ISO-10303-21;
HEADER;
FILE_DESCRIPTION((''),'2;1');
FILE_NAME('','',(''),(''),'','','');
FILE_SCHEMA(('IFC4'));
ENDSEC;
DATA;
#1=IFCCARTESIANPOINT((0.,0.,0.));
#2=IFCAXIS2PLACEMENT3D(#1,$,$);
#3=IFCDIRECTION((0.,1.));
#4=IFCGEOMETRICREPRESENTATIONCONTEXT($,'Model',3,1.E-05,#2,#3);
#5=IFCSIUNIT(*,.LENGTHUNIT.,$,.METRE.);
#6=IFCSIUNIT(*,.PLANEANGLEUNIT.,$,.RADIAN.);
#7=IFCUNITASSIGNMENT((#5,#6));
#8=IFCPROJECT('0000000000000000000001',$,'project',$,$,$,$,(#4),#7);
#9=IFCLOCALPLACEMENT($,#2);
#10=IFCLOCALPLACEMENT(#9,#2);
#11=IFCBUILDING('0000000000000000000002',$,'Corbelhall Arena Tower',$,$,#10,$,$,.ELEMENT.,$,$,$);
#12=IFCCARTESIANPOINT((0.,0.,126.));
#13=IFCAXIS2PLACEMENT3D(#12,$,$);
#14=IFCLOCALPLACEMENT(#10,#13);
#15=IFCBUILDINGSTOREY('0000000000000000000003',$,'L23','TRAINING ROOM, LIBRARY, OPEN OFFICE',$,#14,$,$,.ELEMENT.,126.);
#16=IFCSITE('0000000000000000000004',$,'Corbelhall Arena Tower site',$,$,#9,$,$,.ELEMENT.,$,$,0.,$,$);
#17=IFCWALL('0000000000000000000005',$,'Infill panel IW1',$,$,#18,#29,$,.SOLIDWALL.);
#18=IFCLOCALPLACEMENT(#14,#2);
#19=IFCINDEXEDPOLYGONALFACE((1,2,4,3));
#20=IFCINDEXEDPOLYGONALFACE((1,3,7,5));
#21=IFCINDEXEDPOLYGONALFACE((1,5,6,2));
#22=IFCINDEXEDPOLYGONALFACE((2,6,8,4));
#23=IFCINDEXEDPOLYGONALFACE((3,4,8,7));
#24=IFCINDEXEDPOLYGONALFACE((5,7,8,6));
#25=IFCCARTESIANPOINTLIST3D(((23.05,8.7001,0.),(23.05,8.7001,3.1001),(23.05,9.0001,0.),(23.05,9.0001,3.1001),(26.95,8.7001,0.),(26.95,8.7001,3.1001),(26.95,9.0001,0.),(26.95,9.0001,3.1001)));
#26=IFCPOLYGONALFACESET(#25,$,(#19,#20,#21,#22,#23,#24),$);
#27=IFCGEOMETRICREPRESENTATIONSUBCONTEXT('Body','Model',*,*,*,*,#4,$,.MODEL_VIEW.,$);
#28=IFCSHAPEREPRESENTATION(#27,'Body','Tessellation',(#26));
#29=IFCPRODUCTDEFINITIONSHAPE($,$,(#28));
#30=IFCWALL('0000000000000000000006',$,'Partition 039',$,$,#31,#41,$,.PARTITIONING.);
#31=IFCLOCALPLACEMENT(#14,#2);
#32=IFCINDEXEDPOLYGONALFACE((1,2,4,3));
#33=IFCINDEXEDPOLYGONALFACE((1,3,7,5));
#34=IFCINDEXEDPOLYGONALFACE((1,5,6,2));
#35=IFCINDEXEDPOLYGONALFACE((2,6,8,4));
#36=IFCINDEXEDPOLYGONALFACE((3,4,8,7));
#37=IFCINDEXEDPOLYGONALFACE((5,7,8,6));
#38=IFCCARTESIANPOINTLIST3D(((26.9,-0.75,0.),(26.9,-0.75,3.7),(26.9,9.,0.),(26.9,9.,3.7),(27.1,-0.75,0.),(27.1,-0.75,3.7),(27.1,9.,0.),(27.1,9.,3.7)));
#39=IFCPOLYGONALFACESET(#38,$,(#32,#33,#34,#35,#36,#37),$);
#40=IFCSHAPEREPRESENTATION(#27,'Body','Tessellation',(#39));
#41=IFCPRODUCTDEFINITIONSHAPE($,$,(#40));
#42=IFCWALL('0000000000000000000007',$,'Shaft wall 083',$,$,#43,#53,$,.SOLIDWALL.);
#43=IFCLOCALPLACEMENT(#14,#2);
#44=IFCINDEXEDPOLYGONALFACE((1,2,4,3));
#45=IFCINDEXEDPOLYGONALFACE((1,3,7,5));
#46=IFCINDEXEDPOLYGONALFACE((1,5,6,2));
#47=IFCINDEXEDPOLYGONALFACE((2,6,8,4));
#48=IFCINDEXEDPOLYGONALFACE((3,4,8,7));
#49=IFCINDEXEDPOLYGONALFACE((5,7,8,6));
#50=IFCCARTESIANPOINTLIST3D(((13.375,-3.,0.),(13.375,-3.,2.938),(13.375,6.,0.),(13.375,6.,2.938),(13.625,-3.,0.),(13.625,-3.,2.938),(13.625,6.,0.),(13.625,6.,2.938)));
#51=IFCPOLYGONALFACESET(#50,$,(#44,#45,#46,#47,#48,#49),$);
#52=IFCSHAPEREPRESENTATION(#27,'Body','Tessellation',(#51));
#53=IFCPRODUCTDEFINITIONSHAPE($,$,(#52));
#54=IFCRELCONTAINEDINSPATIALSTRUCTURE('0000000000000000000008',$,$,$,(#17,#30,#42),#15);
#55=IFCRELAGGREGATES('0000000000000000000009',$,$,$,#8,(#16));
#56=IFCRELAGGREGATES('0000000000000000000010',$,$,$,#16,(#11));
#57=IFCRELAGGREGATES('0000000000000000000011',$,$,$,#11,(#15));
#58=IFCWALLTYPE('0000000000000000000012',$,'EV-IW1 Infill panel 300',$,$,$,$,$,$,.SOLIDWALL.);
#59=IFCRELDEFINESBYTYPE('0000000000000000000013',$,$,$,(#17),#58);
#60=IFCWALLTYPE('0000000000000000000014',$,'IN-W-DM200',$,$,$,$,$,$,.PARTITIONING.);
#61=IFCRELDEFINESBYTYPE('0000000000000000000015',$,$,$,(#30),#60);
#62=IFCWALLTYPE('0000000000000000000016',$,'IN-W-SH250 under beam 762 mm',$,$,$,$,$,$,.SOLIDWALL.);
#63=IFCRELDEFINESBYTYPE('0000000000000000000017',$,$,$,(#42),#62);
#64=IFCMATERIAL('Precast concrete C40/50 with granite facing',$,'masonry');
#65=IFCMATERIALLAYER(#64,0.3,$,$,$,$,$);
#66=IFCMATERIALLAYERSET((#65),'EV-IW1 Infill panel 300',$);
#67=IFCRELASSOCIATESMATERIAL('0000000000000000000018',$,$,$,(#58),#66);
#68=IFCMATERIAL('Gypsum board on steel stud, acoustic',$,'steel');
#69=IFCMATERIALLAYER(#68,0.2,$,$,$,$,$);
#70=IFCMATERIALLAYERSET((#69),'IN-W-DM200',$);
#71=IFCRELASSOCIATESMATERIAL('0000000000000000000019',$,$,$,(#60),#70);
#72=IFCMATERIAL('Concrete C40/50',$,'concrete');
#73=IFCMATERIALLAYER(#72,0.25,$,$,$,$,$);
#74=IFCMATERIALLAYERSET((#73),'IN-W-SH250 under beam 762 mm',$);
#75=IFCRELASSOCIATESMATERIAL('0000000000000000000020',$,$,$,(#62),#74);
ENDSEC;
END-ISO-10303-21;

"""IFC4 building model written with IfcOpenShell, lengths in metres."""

from ifc_helpers import new_model, si_unit, direction, frame, frame_2d, origin, place, context, subcontext, project, spatial, rectangle, extrude, material, layer, layer_set, type_object, element, save


model = new_model("IFC4")

# Units and contexts
model_context = context("Model", 3, precision=1e-05, world=origin(), true_north=direction((0.0, 1.0)))
body_context = subcontext(model_context, "Body", "Model", "MODEL_VIEW")
ifc_project = project(units=[si_unit("LENGTHUNIT", "METRE"), si_unit("PLANEANGLEUNIT", "RADIAN")], contexts=[model_context])

# Site, building, storey
site_placement = place(None, origin())
site = spatial("IfcSite", under=ifc_project, at=site_placement, Name="Corbelhall Arena Tower site", CompositionType="ELEMENT", RefElevation=0.0)
building_placement = place(site_placement, origin())
building = spatial("IfcBuilding", under=site, at=building_placement, Name="Corbelhall Arena Tower", CompositionType="ELEMENT")
storey_placement = place(building_placement, frame((0.0, 0.0, 126.0)))
storey = spatial("IfcBuildingStorey", under=building, at=storey_placement, Name="L23", Description="TRAINING ROOM, LIBRARY, OPEN OFFICE", CompositionType="ELEMENT", Elevation=126.0)

# Shared definitions
ifc_material_1 = material(Name="Precast concrete C40/50 with granite facing", Category="masonry")
ifc_layer_1 = layer(ifc_material_1, 0.3)
ifc_layer_set_1 = layer_set([ifc_layer_1], Name="EV-IW1 Infill panel 300")
wall_type_1 = type_object("IfcWallType", Name="EV-IW1 Infill panel 300", PredefinedType="SOLIDWALL", material=ifc_layer_set_1)

# Wall
wall_1_placement = place(storey_placement, frame((26.95, 8.8501, 0.0), z_axis=(0.0, 0.0, 1.0), x_axis=(-1.0, 0.0, 0.0)))
element("IfcWall", 1, at=wall_1_placement, inside=storey, type_object=wall_type_1, Name="Infill panel IW1", PredefinedType="SOLIDWALL", context=body_context, shape_type="SweptSolid", body=[
    extrude(rectangle(XDim=3.8999, YDim=0.3, at=frame_2d((1.95, 0.0))), origin(), (0.0, 0.0, 1.0), 3.1001),
])

# Shared definitions
ifc_material_2 = material(Name="Gypsum board on steel stud, acoustic", Category="steel")
ifc_layer_2 = layer(ifc_material_2, 0.2)
ifc_layer_set_2 = layer_set([ifc_layer_2], Name="IN-W-DM200")
wall_type_2 = type_object("IfcWallType", Name="IN-W-DM200", PredefinedType="PARTITIONING", material=ifc_layer_set_2)

# Wall
wall_2_placement = place(storey_placement, frame((27.0, 9.0, 0.0), z_axis=(0.0, 0.0, 1.0), x_axis=(0.0, -1.0, 0.0)))
element("IfcWall", 2, at=wall_2_placement, inside=storey, type_object=wall_type_2, Name="Partition 039", PredefinedType="PARTITIONING", context=body_context, shape_type="SweptSolid", body=[
    extrude(rectangle(XDim=9.75, YDim=0.2, at=frame_2d((4.875, 0.0))), origin(), (0.0, 0.0, 1.0), 3.7),
])

# Wall
ifc_material_3 = material(Name="Concrete C40/50", Category="concrete")
ifc_layer_3 = layer(ifc_material_3, 0.25)
ifc_layer_set_3 = layer_set([ifc_layer_3], Name="IN-W-SH250 under beam 762 mm")
wall_type_3 = type_object("IfcWallType", Name="IN-W-SH250 under beam 762 mm", PredefinedType="SOLIDWALL", material=ifc_layer_set_3)
wall_3_placement = place(storey_placement, frame((13.5, 6.0, 0.0), z_axis=(0.0, 0.0, 1.0), x_axis=(0.0, -1.0, 0.0)))
element("IfcWall", 3, at=wall_3_placement, inside=storey, type_object=wall_type_3, Name="Shaft wall 083", PredefinedType="SOLIDWALL", context=body_context, shape_type="SweptSolid", body=[
    extrude(rectangle(XDim=9.0, YDim=0.25, at=frame_2d((4.5, 0.0))), origin(), (0.0, 0.0, 1.0), 2.938),
])

save(model, "model.ifc")
